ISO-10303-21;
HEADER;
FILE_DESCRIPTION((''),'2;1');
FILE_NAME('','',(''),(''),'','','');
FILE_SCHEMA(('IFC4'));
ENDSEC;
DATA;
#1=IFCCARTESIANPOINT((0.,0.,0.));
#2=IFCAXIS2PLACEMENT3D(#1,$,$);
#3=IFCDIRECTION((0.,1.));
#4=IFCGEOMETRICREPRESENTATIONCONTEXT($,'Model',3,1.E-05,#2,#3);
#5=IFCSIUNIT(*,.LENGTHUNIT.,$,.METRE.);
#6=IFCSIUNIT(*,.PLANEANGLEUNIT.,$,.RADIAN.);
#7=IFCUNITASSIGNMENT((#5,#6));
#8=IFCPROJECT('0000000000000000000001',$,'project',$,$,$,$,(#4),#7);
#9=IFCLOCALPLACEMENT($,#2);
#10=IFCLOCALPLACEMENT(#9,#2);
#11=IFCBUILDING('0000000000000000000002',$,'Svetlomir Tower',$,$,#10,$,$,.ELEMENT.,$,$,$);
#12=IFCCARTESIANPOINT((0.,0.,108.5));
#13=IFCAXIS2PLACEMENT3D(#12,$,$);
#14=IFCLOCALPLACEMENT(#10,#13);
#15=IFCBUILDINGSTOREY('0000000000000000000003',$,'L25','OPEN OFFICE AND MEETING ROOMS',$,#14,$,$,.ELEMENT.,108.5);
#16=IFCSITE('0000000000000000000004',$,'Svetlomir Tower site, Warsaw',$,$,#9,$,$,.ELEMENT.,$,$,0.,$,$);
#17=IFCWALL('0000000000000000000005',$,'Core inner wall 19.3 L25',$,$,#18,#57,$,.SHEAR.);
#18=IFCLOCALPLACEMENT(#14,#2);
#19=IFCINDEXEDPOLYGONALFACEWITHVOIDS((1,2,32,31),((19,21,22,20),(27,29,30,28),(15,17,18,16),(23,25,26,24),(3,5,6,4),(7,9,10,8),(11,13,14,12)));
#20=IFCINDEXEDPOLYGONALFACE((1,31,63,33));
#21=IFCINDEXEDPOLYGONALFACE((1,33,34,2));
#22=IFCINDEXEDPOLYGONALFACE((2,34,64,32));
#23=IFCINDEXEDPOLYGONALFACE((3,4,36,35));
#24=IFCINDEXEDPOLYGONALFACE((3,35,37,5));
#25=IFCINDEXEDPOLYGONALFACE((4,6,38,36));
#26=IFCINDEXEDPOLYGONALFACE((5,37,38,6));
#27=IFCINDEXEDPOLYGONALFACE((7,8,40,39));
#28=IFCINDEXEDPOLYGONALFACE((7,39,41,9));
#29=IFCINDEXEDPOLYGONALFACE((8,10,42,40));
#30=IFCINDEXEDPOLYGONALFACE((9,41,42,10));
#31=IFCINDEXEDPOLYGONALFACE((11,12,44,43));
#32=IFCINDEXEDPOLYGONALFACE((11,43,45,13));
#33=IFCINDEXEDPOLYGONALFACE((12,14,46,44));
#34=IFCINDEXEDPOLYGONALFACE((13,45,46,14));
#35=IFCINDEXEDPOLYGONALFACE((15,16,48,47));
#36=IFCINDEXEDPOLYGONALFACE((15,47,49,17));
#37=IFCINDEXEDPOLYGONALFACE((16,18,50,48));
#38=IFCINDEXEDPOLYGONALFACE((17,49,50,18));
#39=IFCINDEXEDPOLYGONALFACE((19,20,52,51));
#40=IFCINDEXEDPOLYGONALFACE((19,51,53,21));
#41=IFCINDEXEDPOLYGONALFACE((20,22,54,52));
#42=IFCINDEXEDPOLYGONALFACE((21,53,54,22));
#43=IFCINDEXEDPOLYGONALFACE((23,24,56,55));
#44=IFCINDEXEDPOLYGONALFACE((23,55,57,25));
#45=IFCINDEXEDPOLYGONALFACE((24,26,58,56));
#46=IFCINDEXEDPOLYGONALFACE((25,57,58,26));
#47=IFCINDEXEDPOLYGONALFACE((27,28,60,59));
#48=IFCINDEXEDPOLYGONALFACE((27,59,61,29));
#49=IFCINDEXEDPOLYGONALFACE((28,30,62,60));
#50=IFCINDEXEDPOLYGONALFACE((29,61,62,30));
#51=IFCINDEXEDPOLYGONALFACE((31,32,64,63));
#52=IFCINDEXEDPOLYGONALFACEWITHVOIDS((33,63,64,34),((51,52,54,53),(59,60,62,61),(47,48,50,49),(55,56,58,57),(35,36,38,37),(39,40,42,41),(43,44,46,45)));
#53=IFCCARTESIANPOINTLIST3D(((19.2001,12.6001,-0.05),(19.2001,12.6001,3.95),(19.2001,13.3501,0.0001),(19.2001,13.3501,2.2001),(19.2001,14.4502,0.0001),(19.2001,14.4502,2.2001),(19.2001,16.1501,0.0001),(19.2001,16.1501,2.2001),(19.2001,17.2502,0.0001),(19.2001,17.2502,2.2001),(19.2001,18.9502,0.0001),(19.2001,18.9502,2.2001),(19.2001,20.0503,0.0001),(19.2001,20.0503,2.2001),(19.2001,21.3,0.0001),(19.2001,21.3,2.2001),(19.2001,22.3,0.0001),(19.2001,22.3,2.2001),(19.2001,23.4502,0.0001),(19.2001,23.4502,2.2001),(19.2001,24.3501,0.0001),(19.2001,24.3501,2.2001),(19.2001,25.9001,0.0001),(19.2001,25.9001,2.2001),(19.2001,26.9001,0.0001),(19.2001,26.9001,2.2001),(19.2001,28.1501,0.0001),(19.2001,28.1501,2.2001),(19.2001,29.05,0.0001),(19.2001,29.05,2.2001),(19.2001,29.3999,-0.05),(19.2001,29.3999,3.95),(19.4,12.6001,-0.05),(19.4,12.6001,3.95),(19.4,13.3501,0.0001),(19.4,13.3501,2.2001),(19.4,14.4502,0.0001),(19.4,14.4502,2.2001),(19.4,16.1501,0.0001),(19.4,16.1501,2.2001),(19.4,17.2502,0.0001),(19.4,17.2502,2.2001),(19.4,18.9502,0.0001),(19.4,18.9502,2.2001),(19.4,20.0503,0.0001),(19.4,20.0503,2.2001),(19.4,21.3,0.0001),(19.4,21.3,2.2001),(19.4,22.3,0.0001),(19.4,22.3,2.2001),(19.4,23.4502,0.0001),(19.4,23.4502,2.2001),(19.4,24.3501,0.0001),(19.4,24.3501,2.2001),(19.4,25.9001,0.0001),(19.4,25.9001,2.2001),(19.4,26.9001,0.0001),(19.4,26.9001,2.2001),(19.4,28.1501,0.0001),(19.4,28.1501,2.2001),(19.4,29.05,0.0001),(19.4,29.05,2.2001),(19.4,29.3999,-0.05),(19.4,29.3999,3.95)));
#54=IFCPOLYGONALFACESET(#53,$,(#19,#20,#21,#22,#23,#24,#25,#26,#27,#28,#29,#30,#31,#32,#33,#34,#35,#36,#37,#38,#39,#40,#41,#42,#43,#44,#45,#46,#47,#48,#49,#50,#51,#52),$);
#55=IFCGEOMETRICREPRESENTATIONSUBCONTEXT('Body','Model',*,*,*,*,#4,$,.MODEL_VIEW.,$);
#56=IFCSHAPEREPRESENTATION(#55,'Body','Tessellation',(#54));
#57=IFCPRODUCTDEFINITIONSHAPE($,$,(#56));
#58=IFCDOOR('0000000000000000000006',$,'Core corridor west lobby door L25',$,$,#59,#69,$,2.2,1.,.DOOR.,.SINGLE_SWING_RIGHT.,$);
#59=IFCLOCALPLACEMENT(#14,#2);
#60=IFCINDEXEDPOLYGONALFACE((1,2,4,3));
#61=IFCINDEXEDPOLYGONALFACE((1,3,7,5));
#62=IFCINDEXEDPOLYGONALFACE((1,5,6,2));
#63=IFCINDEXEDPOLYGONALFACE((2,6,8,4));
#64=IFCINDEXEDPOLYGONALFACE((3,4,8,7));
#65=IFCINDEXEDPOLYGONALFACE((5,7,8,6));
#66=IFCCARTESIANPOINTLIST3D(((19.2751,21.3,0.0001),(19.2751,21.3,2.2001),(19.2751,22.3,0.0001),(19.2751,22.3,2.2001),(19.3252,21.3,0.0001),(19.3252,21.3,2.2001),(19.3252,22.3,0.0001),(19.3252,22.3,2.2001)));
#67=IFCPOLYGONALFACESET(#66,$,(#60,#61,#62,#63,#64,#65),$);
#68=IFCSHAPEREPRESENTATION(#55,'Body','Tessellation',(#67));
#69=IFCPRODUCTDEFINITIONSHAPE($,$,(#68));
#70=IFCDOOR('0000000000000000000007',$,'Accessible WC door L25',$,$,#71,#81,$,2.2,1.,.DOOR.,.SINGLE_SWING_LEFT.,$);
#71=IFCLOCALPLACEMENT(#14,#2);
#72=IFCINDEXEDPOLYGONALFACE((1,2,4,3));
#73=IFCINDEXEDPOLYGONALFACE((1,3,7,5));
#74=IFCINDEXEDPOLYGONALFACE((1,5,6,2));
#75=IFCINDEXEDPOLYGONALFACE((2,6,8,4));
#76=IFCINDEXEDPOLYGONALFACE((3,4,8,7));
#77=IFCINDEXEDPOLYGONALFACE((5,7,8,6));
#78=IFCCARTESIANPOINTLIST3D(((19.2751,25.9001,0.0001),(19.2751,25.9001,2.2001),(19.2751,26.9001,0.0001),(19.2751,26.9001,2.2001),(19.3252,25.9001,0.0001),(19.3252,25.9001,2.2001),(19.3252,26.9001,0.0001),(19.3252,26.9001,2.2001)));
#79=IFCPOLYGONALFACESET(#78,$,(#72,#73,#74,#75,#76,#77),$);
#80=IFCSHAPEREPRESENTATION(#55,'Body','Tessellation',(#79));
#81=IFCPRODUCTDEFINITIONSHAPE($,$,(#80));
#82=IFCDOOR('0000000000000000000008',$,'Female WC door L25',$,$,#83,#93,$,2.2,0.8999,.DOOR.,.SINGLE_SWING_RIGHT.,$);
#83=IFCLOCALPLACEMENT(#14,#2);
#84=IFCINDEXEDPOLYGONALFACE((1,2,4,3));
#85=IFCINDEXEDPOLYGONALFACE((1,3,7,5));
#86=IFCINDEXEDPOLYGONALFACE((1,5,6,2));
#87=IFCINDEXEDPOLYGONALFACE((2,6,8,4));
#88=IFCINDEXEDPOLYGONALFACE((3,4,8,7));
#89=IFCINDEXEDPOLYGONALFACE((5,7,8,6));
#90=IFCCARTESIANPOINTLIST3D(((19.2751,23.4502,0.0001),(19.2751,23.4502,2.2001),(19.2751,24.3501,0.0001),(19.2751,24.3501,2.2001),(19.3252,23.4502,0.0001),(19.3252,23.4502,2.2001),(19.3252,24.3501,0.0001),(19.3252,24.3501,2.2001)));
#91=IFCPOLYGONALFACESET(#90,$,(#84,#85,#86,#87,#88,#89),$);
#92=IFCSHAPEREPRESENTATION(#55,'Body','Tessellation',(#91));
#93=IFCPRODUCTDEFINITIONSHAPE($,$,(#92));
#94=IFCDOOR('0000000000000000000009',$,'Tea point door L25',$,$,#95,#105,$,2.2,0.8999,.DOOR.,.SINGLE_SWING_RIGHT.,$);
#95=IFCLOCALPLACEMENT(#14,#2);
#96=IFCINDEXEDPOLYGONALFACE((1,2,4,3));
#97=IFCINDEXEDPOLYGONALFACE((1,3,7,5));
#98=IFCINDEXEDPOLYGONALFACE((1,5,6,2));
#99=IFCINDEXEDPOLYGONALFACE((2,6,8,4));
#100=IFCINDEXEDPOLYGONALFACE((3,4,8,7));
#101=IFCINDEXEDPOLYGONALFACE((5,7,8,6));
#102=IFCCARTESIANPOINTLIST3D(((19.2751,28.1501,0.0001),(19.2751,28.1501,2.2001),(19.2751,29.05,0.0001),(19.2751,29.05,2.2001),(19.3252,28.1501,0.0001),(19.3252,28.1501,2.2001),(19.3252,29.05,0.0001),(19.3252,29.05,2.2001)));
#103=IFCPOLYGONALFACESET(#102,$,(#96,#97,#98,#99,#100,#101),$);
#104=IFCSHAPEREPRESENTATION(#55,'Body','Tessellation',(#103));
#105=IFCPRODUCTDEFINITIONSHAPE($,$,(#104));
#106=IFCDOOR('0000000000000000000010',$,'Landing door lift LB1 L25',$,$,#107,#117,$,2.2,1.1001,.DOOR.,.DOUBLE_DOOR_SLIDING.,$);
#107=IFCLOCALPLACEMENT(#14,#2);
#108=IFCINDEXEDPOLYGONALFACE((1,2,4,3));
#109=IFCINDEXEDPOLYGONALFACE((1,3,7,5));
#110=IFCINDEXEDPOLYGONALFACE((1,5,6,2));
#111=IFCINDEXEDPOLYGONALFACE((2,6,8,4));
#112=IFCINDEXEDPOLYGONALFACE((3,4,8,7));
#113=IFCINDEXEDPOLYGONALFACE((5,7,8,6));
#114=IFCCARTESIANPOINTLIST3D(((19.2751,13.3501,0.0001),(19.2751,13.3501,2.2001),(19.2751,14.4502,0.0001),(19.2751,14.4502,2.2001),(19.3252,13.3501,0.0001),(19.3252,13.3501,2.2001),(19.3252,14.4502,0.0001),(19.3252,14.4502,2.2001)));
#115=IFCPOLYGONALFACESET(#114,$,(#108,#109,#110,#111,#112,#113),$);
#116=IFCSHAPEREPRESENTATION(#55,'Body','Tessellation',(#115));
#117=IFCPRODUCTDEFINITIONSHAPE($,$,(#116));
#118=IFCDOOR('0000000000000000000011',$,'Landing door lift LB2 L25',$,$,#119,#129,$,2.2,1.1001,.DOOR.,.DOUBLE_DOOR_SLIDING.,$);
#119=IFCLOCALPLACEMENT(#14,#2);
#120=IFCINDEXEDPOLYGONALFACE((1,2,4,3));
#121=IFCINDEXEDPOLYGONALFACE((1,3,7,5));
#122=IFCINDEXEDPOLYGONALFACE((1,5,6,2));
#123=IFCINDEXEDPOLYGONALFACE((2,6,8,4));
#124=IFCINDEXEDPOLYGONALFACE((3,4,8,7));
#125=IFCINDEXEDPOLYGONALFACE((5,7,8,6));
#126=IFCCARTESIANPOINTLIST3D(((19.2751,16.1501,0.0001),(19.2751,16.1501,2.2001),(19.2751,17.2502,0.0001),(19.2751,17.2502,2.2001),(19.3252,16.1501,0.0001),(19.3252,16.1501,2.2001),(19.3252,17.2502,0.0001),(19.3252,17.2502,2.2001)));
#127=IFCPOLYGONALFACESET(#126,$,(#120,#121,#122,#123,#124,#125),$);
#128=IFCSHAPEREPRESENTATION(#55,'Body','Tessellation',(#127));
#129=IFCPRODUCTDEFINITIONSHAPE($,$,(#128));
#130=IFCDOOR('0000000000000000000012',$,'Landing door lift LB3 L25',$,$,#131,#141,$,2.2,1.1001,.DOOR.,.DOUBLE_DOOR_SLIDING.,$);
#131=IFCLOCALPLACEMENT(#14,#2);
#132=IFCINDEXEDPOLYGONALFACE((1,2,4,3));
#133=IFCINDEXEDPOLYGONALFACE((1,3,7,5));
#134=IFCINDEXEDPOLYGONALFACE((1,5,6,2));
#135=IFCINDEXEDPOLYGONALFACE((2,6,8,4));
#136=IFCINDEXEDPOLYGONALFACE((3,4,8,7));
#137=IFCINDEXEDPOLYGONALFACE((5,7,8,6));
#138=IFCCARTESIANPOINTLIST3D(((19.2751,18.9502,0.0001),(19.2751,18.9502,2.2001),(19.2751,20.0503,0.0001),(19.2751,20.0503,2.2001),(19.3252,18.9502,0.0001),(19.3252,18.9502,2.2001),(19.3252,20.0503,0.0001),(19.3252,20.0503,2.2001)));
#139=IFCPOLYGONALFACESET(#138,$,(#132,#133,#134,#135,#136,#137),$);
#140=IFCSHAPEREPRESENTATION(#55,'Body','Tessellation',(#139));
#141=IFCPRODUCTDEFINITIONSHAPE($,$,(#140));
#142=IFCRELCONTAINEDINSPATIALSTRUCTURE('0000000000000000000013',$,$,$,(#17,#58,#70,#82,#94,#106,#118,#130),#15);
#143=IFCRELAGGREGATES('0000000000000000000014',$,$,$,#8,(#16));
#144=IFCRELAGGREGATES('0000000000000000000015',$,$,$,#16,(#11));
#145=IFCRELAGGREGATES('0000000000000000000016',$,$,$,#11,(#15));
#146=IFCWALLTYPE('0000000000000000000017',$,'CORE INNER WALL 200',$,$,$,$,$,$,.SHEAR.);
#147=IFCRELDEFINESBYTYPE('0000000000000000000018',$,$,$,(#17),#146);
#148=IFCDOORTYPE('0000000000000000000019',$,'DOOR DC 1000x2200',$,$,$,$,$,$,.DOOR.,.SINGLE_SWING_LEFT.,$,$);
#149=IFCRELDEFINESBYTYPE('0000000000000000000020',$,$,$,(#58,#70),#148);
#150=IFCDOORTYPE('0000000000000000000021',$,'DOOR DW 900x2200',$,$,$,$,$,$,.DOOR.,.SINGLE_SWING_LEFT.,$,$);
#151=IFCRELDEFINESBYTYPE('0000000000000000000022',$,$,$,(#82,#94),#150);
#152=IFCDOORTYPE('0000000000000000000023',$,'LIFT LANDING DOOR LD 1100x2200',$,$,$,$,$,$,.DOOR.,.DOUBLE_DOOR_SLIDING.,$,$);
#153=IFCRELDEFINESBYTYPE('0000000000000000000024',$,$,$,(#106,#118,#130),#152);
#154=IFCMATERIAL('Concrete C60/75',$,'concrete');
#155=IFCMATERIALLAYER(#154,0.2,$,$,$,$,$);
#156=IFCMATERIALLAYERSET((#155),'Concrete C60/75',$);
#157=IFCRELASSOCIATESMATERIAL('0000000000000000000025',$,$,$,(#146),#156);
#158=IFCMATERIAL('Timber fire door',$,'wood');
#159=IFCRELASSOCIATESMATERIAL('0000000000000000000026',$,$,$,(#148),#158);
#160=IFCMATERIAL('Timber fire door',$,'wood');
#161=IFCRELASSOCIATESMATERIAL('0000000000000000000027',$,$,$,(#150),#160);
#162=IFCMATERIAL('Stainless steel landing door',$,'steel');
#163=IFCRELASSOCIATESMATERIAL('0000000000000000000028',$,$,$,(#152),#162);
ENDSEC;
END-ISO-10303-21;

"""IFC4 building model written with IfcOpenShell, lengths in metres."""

from ifc_helpers import new_model, si_unit, direction, frame, frame_2d, origin, place, context, subcontext, project, spatial, rectangle, extrude, material, layer, layer_set, type_object, element, fill, save


model = new_model("IFC4")

# Units and contexts
model_context = context("Model", 3, precision=1e-05, world=origin(), true_north=direction((0.0, 1.0)))
body_context = subcontext(model_context, "Body", "Model", "MODEL_VIEW")
ifc_project = project(units=[si_unit("LENGTHUNIT", "METRE"), si_unit("PLANEANGLEUNIT", "RADIAN")], contexts=[model_context])

# Site, building, storey
site_placement = place(None, origin())
site = spatial("IfcSite", under=ifc_project, at=site_placement, Name="Svetlomir Tower site, Warsaw", CompositionType="ELEMENT", RefElevation=0.0)
building_placement = place(site_placement, origin())
building = spatial("IfcBuilding", under=site, at=building_placement, Name="Svetlomir Tower", CompositionType="ELEMENT")
storey_placement = place(building_placement, frame((0.0, 0.0, 108.5)))
storey = spatial("IfcBuildingStorey", under=building, at=storey_placement, Name="L25", Description="OPEN OFFICE AND MEETING ROOMS", CompositionType="ELEMENT", Elevation=108.5)

# Shared definitions
ifc_material_1 = material(Name="Concrete C60/75", Category="concrete")
ifc_layer_1 = layer(ifc_material_1, 0.2)
ifc_layer_set_1 = layer_set([ifc_layer_1], Name="Concrete C60/75")
wall_type_1 = type_object("IfcWallType", Name="CORE INNER WALL 200", PredefinedType="SHEAR", material=ifc_layer_set_1)

# Wall, openings, doors
wall_1_placement = place(storey_placement, frame((19.3, 12.6001, -0.05), z_axis=(0.0, 0.0, 1.0), x_axis=(0.0, 1.0, 0.0)))
wall_1 = element("IfcWall", 1, at=wall_1_placement, inside=storey, type_object=wall_type_1, Name="Core inner wall 19.3 L25", PredefinedType="SHEAR", context=body_context, shape_type="SweptSolid", body=[
    extrude(rectangle(XDim=16.7998, YDim=0.2, at=frame_2d((8.3999, 0.0))), origin(), (0.0, 0.0, 1.0), 4.0),
])
opening_1_placement = place(wall_1_placement, frame((8.7, 0.0, 0.05)))
opening_1 = element("IfcOpeningElement", 2, at=opening_1_placement, cuts=wall_1, PredefinedType="OPENING", context=body_context, shape_type="SweptSolid", body=[
    extrude(rectangle(XDim=1.0, YDim=2.2, at=frame_2d((0.5, 1.1001))), frame((0.0, 0.1099, 0.0), z_axis=(0.0, -1.0, 0.0), x_axis=(1.0, 0.0, 0.0)), (0.0, 0.0, 1.0), 0.22),
])
opening_2_placement = place(wall_1_placement, frame((10.8501, 0.0, 0.05)))
opening_2 = element("IfcOpeningElement", 3, at=opening_2_placement, cuts=wall_1, PredefinedType="OPENING", context=body_context, shape_type="SweptSolid", body=[
    extrude(rectangle(XDim=0.8999, YDim=2.2, at=frame_2d((0.45, 1.1001))), frame((0.0, 0.1099, 0.0), z_axis=(0.0, -1.0, 0.0), x_axis=(1.0, 0.0, 0.0)), (0.0, 0.0, 1.0), 0.22),
])
opening_3_placement = place(wall_1_placement, frame((13.3, 0.0, 0.05)))
opening_3 = element("IfcOpeningElement", 4, at=opening_3_placement, cuts=wall_1, PredefinedType="OPENING", context=body_context, shape_type="SweptSolid", body=[
    extrude(rectangle(XDim=1.0, YDim=2.2, at=frame_2d((0.5, 1.1001))), frame((0.0, 0.1099, 0.0), z_axis=(0.0, -1.0, 0.0), x_axis=(1.0, 0.0, 0.0)), (0.0, 0.0, 1.0), 0.22),
])
opening_4_placement = place(wall_1_placement, frame((15.55, 0.0, 0.05)))
opening_4 = element("IfcOpeningElement", 5, at=opening_4_placement, cuts=wall_1, PredefinedType="OPENING", context=body_context, shape_type="SweptSolid", body=[
    extrude(rectangle(XDim=0.8999, YDim=2.2, at=frame_2d((0.45, 1.1001))), frame((0.0, 0.1099, 0.0), z_axis=(0.0, -1.0, 0.0), x_axis=(1.0, 0.0, 0.0)), (0.0, 0.0, 1.0), 0.22),
])
opening_5_placement = place(wall_1_placement, frame((0.75, 0.0, 0.05)))
opening_5 = element("IfcOpeningElement", 6, at=opening_5_placement, cuts=wall_1, PredefinedType="OPENING", context=body_context, shape_type="SweptSolid", body=[
    extrude(rectangle(XDim=1.1001, YDim=2.2, at=frame_2d((0.55, 1.1001))), frame((0.0, 0.1099, 0.0), z_axis=(0.0, -1.0, 0.0), x_axis=(1.0, 0.0, 0.0)), (0.0, 0.0, 1.0), 0.22),
])
opening_6_placement = place(wall_1_placement, frame((3.55, 0.0, 0.05)))
opening_6 = element("IfcOpeningElement", 7, at=opening_6_placement, cuts=wall_1, PredefinedType="OPENING", context=body_context, shape_type="SweptSolid", body=[
    extrude(rectangle(XDim=1.1001, YDim=2.2, at=frame_2d((0.55, 1.1001))), frame((0.0, 0.1099, 0.0), z_axis=(0.0, -1.0, 0.0), x_axis=(1.0, 0.0, 0.0)), (0.0, 0.0, 1.0), 0.22),
])
opening_7_placement = place(wall_1_placement, frame((6.3501, 0.0, 0.05)))
opening_7 = element("IfcOpeningElement", 8, at=opening_7_placement, cuts=wall_1, PredefinedType="OPENING", context=body_context, shape_type="SweptSolid", body=[
    extrude(rectangle(XDim=1.1001, YDim=2.2, at=frame_2d((0.55, 1.1001))), frame((0.0, 0.1099, 0.0), z_axis=(0.0, -1.0, 0.0), x_axis=(1.0, 0.0, 0.0)), (0.0, 0.0, 1.0), 0.22),
])
ifc_material_2 = material(Name="Timber fire door", Category="wood")
door_type_1 = type_object("IfcDoorType", Name="DOOR DC 1000x2200", OperationType="SINGLE_SWING_LEFT", PredefinedType="DOOR", material=ifc_material_2)
door_1_placement = place(opening_1_placement, origin())
door_1 = element("IfcDoor", 9, at=door_1_placement, inside=storey, type_object=door_type_1, Name="Core corridor west lobby door L25", OperationType="SINGLE_SWING_RIGHT", OverallHeight=2.2, OverallWidth=1.0, PredefinedType="DOOR", context=body_context, shape_type="SweptSolid", body=[
    extrude(rectangle(XDim=1.0, YDim=2.2, at=frame_2d((0.5, 1.1001))), frame((0.0, 0.0249, 0.0), z_axis=(0.0, -1.0, 0.0), x_axis=(1.0, 0.0, 0.0)), (0.0, 0.0, 1.0), 0.05),
])
fill(opening_1, door_1)
door_2_placement = place(opening_3_placement, origin())
door_2 = element("IfcDoor", 10, at=door_2_placement, inside=storey, type_object=door_type_1, Name="Accessible WC door L25", OperationType="SINGLE_SWING_LEFT", OverallHeight=2.2, OverallWidth=1.0, PredefinedType="DOOR", context=body_context, shape_type="SweptSolid", body=[
    extrude(rectangle(XDim=1.0, YDim=2.2, at=frame_2d((0.5, 1.1001))), frame((0.0, 0.0249, 0.0), z_axis=(0.0, -1.0, 0.0), x_axis=(1.0, 0.0, 0.0)), (0.0, 0.0, 1.0), 0.05),
])
fill(opening_3, door_2)
ifc_material_3 = material(Name="Timber fire door", Category="wood")
door_type_2 = type_object("IfcDoorType", Name="DOOR DW 900x2200", OperationType="SINGLE_SWING_LEFT", PredefinedType="DOOR", material=ifc_material_3)
door_3_placement = place(opening_2_placement, origin())
door_3 = element("IfcDoor", 11, at=door_3_placement, inside=storey, type_object=door_type_2, Name="Female WC door L25", OperationType="SINGLE_SWING_RIGHT", OverallHeight=2.2, OverallWidth=0.8999, PredefinedType="DOOR", context=body_context, shape_type="SweptSolid", body=[
    extrude(rectangle(XDim=0.8999, YDim=2.2, at=frame_2d((0.45, 1.1001))), frame((0.0, 0.0249, 0.0), z_axis=(0.0, -1.0, 0.0), x_axis=(1.0, 0.0, 0.0)), (0.0, 0.0, 1.0), 0.05),
])
fill(opening_2, door_3)
door_4_placement = place(opening_4_placement, origin())
door_4 = element("IfcDoor", 12, at=door_4_placement, inside=storey, type_object=door_type_2, Name="Tea point door L25", OperationType="SINGLE_SWING_RIGHT", OverallHeight=2.2, OverallWidth=0.8999, PredefinedType="DOOR", context=body_context, shape_type="SweptSolid", body=[
    extrude(rectangle(XDim=0.8999, YDim=2.2, at=frame_2d((0.45, 1.1001))), frame((0.0, 0.0249, 0.0), z_axis=(0.0, -1.0, 0.0), x_axis=(1.0, 0.0, 0.0)), (0.0, 0.0, 1.0), 0.05),
])
fill(opening_4, door_4)
ifc_material_4 = material(Name="Stainless steel landing door", Category="steel")
door_type_3 = type_object("IfcDoorType", Name="LIFT LANDING DOOR LD 1100x2200", OperationType="DOUBLE_DOOR_SLIDING", PredefinedType="DOOR", material=ifc_material_4)
door_5_placement = place(opening_5_placement, origin())
door_5 = element("IfcDoor", 13, at=door_5_placement, inside=storey, type_object=door_type_3, Name="Landing door lift LB1 L25", OperationType="DOUBLE_DOOR_SLIDING", OverallHeight=2.2, OverallWidth=1.1001, PredefinedType="DOOR", context=body_context, shape_type="SweptSolid", body=[
    extrude(rectangle(XDim=1.1001, YDim=2.2, at=frame_2d((0.55, 1.1001))), frame((0.0, 0.0249, 0.0), z_axis=(0.0, -1.0, 0.0), x_axis=(1.0, 0.0, 0.0)), (0.0, 0.0, 1.0), 0.05),
])
fill(opening_5, door_5)
door_6_placement = place(opening_6_placement, origin())
door_6 = element("IfcDoor", 14, at=door_6_placement, inside=storey, type_object=door_type_3, Name="Landing door lift LB2 L25", OperationType="DOUBLE_DOOR_SLIDING", OverallHeight=2.2, OverallWidth=1.1001, PredefinedType="DOOR", context=body_context, shape_type="SweptSolid", body=[
    extrude(rectangle(XDim=1.1001, YDim=2.2, at=frame_2d((0.55, 1.1001))), frame((0.0, 0.0249, 0.0), z_axis=(0.0, -1.0, 0.0), x_axis=(1.0, 0.0, 0.0)), (0.0, 0.0, 1.0), 0.05),
])
fill(opening_6, door_6)
door_7_placement = place(opening_7_placement, origin())
door_7 = element("IfcDoor", 15, at=door_7_placement, inside=storey, type_object=door_type_3, Name="Landing door lift LB3 L25", OperationType="DOUBLE_DOOR_SLIDING", OverallHeight=2.2, OverallWidth=1.1001, PredefinedType="DOOR", context=body_context, shape_type="SweptSolid", body=[
    extrude(rectangle(XDim=1.1001, YDim=2.2, at=frame_2d((0.55, 1.1001))), frame((0.0, 0.0249, 0.0), z_axis=(0.0, -1.0, 0.0), x_axis=(1.0, 0.0, 0.0)), (0.0, 0.0, 1.0), 0.05),
])
fill(opening_7, door_7)

save(model, "model.ifc")
